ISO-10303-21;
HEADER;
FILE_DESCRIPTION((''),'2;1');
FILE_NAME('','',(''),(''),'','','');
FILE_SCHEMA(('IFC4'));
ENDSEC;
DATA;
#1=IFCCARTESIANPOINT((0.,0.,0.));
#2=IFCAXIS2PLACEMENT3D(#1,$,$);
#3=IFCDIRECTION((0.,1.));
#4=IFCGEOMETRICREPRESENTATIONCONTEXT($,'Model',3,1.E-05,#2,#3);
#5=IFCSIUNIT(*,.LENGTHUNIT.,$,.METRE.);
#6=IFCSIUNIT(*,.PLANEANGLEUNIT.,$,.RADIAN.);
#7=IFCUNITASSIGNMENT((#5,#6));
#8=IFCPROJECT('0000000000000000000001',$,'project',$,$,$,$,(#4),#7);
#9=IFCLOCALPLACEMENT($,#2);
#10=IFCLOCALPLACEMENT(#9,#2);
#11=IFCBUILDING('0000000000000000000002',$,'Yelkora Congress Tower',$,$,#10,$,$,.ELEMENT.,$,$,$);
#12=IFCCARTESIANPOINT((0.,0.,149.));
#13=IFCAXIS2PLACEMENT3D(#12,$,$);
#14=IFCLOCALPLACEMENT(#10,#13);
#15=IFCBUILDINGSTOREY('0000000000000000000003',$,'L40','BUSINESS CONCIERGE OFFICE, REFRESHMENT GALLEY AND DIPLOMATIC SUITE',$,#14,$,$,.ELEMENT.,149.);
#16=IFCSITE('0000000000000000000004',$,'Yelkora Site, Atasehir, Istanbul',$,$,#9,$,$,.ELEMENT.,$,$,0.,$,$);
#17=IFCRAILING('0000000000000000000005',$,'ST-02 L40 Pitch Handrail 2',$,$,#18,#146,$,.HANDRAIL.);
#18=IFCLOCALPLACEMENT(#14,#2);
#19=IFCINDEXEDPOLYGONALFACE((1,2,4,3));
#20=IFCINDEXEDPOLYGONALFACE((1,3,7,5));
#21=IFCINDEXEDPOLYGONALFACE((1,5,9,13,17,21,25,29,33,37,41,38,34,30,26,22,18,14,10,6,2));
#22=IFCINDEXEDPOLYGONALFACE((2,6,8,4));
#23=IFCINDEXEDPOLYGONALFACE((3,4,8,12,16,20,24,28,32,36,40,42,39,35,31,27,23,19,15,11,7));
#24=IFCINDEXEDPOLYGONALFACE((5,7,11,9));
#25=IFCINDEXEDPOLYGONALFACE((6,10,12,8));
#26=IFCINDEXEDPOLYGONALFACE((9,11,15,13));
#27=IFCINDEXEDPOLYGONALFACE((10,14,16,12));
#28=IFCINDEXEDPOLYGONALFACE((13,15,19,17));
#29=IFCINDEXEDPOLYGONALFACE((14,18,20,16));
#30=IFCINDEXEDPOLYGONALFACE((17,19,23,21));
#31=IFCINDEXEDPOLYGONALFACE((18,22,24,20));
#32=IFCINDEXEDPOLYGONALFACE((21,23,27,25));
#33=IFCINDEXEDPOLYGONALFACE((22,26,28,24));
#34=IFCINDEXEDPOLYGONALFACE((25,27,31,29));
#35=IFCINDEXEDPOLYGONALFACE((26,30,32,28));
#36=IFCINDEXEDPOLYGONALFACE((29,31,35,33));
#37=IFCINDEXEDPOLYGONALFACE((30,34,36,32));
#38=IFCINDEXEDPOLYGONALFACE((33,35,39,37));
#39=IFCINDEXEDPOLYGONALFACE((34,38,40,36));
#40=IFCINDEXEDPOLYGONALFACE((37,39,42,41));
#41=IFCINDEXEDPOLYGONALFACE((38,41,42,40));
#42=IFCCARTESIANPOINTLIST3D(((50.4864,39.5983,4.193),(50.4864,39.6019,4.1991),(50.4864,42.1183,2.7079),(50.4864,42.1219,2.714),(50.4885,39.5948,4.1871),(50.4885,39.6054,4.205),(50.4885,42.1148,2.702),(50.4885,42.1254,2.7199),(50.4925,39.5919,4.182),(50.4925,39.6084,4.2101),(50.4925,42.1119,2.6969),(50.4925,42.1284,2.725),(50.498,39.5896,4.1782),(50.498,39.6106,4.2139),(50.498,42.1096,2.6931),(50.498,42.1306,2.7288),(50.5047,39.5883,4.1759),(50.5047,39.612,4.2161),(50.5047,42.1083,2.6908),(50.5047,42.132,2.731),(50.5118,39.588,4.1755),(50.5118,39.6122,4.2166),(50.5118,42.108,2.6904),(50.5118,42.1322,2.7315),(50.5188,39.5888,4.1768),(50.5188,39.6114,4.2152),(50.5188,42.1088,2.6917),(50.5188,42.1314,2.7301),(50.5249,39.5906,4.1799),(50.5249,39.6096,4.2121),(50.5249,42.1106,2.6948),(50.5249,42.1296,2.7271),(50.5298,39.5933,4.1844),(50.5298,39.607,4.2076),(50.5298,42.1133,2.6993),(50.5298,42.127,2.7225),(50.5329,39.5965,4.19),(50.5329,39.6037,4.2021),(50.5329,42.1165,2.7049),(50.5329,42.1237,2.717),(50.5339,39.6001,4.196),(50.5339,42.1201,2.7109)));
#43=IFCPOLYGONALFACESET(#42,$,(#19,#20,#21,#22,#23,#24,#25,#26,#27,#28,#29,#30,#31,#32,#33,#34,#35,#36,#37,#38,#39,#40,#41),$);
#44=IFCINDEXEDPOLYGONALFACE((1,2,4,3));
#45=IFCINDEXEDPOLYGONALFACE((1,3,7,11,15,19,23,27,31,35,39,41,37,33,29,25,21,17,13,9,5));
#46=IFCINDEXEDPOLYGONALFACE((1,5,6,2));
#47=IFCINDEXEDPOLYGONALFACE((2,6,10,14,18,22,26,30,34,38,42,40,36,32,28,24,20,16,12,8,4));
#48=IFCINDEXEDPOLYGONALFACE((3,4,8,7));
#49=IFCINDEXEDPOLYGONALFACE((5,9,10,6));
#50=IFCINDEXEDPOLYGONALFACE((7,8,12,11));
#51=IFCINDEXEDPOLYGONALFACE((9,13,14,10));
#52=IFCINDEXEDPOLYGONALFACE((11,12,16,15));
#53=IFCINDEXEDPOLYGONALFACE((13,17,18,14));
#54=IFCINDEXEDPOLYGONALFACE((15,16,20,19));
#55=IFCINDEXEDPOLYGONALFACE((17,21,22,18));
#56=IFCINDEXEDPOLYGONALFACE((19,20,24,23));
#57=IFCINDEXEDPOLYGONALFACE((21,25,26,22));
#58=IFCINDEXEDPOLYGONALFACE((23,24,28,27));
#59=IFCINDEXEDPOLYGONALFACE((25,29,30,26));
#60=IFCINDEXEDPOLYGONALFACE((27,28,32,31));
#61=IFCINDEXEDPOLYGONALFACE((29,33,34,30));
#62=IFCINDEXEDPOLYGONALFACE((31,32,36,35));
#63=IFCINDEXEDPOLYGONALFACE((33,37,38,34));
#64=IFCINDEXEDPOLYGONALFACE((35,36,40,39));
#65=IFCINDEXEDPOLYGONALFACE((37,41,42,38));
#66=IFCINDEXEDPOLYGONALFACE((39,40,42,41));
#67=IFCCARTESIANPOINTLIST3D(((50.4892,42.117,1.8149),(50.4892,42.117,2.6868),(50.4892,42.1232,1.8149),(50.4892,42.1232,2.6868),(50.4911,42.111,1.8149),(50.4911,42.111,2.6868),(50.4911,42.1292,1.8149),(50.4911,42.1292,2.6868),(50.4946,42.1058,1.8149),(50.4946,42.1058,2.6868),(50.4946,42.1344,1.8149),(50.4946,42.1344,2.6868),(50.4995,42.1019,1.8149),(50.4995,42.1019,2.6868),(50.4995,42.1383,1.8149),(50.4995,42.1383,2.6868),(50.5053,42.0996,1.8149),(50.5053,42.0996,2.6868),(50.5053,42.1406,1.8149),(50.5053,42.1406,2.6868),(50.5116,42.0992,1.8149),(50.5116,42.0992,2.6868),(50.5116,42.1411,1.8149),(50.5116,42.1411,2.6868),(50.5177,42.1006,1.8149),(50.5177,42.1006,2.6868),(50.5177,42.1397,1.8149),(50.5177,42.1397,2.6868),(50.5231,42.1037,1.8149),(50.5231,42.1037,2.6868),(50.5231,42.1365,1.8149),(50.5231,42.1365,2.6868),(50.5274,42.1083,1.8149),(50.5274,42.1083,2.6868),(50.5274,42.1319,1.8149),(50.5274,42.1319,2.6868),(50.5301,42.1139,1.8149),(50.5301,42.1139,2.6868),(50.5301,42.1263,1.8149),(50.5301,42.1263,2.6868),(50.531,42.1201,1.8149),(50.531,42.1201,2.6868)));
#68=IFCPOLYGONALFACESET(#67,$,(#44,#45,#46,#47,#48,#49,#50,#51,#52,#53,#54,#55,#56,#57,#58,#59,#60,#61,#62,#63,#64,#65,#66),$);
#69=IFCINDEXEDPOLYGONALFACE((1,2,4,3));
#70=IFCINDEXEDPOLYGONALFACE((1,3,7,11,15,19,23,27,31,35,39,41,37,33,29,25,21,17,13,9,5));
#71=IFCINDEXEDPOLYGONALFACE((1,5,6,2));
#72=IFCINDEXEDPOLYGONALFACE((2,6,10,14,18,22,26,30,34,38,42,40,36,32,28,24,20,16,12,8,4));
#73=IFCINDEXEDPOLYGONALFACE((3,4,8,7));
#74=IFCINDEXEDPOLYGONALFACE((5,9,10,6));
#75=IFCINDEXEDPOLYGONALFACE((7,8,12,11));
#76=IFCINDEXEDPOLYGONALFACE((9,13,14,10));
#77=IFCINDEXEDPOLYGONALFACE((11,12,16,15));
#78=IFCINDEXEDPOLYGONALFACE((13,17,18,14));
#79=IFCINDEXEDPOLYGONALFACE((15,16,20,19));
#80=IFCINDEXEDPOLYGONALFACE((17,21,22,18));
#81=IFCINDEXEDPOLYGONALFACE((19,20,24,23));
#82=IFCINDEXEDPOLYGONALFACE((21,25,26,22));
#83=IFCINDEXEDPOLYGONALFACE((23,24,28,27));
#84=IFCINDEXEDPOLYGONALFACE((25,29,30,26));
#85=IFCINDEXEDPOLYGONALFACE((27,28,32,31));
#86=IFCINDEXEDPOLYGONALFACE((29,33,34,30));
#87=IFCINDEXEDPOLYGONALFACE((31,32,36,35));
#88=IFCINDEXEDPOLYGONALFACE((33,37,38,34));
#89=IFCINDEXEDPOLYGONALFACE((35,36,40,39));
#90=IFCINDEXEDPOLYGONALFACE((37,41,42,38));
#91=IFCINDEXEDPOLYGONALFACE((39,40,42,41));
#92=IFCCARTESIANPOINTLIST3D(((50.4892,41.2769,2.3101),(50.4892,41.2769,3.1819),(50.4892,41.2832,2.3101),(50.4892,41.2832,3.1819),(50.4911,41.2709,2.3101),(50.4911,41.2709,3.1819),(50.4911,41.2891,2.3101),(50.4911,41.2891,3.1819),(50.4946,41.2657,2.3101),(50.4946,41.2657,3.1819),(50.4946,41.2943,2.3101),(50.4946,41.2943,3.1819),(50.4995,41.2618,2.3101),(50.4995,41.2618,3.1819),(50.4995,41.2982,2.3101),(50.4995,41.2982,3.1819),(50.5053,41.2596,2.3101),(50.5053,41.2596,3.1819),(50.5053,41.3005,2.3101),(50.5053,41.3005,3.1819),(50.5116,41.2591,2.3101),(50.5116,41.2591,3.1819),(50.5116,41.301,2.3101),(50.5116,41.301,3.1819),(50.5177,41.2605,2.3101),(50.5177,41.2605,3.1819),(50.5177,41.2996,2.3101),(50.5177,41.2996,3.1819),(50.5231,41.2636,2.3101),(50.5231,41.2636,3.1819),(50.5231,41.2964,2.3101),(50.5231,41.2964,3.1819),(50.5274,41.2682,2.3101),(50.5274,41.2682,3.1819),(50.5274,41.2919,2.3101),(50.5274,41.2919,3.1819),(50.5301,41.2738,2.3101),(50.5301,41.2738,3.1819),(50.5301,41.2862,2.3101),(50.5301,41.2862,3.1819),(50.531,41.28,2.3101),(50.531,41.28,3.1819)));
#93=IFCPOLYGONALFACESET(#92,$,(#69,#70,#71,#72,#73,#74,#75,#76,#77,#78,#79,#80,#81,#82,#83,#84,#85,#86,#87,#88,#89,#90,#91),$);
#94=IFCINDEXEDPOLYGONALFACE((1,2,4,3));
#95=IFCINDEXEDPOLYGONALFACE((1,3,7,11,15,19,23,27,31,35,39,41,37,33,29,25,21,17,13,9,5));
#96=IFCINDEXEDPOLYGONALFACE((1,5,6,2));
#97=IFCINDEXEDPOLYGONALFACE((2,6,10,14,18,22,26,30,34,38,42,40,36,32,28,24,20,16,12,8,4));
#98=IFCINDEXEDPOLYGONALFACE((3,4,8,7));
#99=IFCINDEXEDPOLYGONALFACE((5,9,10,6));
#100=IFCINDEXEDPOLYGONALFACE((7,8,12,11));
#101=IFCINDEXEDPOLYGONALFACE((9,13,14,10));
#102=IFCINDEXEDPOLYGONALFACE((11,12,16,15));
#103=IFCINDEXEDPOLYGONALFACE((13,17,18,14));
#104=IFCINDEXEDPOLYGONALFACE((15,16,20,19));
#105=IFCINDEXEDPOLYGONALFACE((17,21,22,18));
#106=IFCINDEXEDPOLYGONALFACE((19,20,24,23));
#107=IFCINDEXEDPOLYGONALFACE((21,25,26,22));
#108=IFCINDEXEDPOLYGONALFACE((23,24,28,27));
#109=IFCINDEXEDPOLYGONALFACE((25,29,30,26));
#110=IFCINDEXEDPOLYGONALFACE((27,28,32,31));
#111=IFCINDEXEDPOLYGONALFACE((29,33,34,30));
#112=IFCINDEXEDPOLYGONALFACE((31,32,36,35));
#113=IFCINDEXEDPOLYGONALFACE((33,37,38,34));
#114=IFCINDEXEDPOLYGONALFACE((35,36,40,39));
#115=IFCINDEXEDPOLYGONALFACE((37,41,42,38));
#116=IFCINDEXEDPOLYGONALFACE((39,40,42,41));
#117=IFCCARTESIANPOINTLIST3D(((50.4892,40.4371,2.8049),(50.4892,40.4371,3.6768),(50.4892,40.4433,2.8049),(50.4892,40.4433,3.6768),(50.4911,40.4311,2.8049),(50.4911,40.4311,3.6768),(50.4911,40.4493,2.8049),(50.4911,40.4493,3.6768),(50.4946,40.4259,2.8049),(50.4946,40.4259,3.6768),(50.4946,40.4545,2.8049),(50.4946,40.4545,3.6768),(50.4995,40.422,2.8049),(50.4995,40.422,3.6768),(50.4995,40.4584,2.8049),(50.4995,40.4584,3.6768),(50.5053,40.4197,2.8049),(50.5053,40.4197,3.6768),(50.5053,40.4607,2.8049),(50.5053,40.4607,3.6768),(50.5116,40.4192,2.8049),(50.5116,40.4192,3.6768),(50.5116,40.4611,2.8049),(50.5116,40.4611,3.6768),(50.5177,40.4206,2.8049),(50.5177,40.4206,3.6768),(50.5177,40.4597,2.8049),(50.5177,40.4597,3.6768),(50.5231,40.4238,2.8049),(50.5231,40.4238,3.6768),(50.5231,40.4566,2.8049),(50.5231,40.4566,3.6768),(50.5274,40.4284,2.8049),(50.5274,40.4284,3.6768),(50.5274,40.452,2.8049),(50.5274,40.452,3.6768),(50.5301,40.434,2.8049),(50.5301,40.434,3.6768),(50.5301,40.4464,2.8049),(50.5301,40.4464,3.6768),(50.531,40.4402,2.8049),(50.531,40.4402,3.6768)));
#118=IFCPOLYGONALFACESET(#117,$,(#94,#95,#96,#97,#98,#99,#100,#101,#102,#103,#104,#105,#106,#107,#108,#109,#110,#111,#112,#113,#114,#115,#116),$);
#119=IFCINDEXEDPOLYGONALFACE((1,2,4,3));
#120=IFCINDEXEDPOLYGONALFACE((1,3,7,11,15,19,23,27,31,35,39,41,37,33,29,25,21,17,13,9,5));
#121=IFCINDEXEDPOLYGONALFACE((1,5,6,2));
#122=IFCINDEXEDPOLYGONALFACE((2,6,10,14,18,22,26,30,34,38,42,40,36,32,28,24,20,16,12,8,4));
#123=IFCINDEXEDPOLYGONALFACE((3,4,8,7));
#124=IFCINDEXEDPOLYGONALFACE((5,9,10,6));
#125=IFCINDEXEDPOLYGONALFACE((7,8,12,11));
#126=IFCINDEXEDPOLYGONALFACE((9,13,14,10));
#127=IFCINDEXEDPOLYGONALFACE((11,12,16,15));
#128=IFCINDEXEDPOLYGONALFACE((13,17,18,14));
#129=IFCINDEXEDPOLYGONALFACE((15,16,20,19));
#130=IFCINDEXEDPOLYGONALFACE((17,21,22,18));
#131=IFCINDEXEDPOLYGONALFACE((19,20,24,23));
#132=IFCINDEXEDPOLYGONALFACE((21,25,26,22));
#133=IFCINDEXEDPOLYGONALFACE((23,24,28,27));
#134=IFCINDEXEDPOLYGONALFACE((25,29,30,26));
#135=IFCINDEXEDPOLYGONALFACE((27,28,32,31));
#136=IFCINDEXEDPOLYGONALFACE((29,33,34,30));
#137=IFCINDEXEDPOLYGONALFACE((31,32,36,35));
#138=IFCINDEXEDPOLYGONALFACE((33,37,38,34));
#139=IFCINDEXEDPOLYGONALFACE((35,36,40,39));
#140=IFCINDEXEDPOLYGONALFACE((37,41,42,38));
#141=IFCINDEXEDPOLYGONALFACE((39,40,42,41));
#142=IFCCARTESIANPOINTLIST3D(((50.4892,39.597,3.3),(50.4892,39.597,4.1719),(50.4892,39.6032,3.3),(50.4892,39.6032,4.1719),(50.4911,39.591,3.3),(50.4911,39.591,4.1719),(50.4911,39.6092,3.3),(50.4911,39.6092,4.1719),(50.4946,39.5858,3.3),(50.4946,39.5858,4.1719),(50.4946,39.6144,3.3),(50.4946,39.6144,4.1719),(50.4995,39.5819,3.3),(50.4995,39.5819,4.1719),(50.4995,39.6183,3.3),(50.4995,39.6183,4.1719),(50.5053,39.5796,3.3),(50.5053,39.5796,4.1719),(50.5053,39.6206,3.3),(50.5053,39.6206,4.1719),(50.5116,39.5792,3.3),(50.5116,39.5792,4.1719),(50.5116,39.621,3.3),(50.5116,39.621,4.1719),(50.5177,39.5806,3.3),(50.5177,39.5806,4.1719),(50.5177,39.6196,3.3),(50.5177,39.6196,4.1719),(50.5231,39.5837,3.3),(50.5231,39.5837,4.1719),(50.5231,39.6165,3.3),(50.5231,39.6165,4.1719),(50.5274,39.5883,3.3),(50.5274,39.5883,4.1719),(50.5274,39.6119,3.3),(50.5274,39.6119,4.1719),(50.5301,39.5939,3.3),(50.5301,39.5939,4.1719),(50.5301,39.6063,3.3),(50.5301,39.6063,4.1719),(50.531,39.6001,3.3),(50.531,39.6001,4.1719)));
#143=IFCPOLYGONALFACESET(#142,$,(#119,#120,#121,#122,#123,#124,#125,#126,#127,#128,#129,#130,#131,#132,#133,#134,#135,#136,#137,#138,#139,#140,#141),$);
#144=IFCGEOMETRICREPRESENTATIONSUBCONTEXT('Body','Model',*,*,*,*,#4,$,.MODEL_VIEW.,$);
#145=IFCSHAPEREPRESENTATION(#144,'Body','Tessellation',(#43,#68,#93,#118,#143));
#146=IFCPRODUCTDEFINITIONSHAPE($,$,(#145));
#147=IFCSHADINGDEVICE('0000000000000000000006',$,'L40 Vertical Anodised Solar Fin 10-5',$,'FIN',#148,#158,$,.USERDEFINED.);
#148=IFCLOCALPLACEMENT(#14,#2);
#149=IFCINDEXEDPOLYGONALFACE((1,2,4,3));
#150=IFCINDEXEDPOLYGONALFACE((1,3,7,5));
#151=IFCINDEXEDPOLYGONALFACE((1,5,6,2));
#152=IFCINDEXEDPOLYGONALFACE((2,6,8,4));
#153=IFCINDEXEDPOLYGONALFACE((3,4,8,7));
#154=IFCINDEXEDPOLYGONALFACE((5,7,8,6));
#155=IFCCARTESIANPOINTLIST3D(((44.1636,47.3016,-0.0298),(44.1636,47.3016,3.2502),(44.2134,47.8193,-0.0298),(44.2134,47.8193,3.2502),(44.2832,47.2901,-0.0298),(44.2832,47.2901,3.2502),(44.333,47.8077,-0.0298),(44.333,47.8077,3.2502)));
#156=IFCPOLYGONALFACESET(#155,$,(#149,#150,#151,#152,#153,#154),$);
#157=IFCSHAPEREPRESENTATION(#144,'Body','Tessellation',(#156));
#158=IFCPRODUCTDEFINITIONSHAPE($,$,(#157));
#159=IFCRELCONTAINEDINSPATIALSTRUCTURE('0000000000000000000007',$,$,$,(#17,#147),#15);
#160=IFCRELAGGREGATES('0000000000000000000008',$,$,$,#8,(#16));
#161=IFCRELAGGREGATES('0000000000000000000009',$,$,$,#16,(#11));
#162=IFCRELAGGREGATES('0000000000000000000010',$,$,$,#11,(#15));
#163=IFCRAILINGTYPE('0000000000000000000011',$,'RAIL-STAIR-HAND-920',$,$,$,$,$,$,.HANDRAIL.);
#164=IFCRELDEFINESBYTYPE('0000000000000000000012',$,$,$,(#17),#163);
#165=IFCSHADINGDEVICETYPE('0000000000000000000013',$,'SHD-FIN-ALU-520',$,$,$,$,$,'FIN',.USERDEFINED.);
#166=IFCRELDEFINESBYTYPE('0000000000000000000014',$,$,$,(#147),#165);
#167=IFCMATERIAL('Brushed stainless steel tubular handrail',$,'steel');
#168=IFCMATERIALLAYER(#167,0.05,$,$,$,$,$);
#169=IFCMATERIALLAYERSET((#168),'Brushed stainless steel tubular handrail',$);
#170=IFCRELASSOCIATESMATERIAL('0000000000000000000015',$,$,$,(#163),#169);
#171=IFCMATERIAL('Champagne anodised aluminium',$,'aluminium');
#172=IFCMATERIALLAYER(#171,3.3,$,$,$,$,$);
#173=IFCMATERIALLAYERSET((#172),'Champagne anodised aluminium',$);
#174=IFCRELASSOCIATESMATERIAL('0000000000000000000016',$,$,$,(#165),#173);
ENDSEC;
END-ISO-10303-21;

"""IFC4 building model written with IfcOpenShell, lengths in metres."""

from ifc_helpers import new_model, si_unit, direction, frame, origin, origin_2d, place, context, subcontext, project, spatial, rectangle, circle, extrude, material, layer, layer_set, type_object, element, save


model = new_model("IFC4")

# Units and contexts
model_context = context("Model", 3, precision=1e-05, world=origin(), true_north=direction((0.0, 1.0)))
body_context = subcontext(model_context, "Body", "Model", "MODEL_VIEW")
ifc_project = project(units=[si_unit("LENGTHUNIT", "METRE"), si_unit("PLANEANGLEUNIT", "RADIAN")], contexts=[model_context])

# Site, building, storey
site_placement = place(None, origin())
site = spatial("IfcSite", under=ifc_project, at=site_placement, Name="Yelkora Site, Atasehir, Istanbul", CompositionType="ELEMENT", RefElevation=0.0)
building_placement = place(site_placement, origin())
building = spatial("IfcBuilding", under=site, at=building_placement, Name="Yelkora Congress Tower", CompositionType="ELEMENT")
storey_placement = place(building_placement, frame((0.0, 0.0, 149.0)))
storey = spatial("IfcBuildingStorey", under=building, at=storey_placement, Name="L40", Description="BUSINESS CONCIERGE OFFICE, REFRESHMENT GALLEY AND DIPLOMATIC SUITE", CompositionType="ELEMENT", Elevation=149.0)

# Railing
ifc_material_1 = material(Name="Brushed stainless steel tubular handrail", Category="steel")
ifc_layer_1 = layer(ifc_material_1, 0.05)
ifc_layer_set_1 = layer_set([ifc_layer_1], Name="Brushed stainless steel tubular handrail")
railing_type_1 = type_object("IfcRailingType", Name="RAIL-STAIR-HAND-920", PredefinedType="HANDRAIL", material=ifc_layer_set_1)
railing_1_placement = place(storey_placement, frame((50.51, 42.1201, 1.8149)))
element("IfcRailing", 1, at=railing_1_placement, inside=storey, type_object=railing_type_1, Name="ST-02 L40 Pitch Handrail 2", PredefinedType="HANDRAIL", context=body_context, shape_type="SweptSolid", body=[
    extrude(circle(Radius=0.0239, at=origin_2d()), frame((0.0, 0.0, 0.896), z_axis=(0.0, -0.861524, 0.507717), x_axis=(1.0, 0.0, 0.0)), (0.0, 0.0, 1.0), 2.925),
    extrude(circle(Radius=0.021, at=origin_2d()), origin(), (0.0, 0.0, 1.0), 0.8718),
    extrude(circle(Radius=0.021, at=origin_2d()), frame((0.0, -0.8401, 0.4951)), (0.0, 0.0, 1.0), 0.8718),
    extrude(circle(Radius=0.021, at=origin_2d()), frame((0.0, -1.6799, 0.99)), (0.0, 0.0, 1.0), 0.8718),
    extrude(circle(Radius=0.021, at=origin_2d()), frame((0.0, -2.52, 1.4851)), (0.0, 0.0, 1.0), 0.8718),
])

# Shading device
ifc_material_2 = material(Name="Champagne anodised aluminium", Category="aluminium")
ifc_layer_2 = layer(ifc_material_2, 3.3)
ifc_layer_set_2 = layer_set([ifc_layer_2], Name="Champagne anodised aluminium")
shading_device_type = type_object("IfcShadingDeviceType", Name="SHD-FIN-ALU-520", ElementType="FIN", PredefinedType="USERDEFINED", material=ifc_layer_set_2)
shading_device_placement = place(storey_placement, frame((44.2483, 47.5547, -0.0298), z_axis=(0.0, 0.0, 1.0), x_axis=(0.995396, -0.095846, 0.0)))
element("IfcShadingDevice", 2, at=shading_device_placement, inside=storey, type_object=shading_device_type, Name="L40 Vertical Anodised Solar Fin 10-5", ObjectType="FIN", PredefinedType="USERDEFINED", context=body_context, shape_type="SweptSolid", body=[
    extrude(rectangle(XDim=0.1201, YDim=0.52, at=origin_2d()), origin(), (0.0, 0.0, 1.0), 3.28),
])

save(model, "model.ifc")
